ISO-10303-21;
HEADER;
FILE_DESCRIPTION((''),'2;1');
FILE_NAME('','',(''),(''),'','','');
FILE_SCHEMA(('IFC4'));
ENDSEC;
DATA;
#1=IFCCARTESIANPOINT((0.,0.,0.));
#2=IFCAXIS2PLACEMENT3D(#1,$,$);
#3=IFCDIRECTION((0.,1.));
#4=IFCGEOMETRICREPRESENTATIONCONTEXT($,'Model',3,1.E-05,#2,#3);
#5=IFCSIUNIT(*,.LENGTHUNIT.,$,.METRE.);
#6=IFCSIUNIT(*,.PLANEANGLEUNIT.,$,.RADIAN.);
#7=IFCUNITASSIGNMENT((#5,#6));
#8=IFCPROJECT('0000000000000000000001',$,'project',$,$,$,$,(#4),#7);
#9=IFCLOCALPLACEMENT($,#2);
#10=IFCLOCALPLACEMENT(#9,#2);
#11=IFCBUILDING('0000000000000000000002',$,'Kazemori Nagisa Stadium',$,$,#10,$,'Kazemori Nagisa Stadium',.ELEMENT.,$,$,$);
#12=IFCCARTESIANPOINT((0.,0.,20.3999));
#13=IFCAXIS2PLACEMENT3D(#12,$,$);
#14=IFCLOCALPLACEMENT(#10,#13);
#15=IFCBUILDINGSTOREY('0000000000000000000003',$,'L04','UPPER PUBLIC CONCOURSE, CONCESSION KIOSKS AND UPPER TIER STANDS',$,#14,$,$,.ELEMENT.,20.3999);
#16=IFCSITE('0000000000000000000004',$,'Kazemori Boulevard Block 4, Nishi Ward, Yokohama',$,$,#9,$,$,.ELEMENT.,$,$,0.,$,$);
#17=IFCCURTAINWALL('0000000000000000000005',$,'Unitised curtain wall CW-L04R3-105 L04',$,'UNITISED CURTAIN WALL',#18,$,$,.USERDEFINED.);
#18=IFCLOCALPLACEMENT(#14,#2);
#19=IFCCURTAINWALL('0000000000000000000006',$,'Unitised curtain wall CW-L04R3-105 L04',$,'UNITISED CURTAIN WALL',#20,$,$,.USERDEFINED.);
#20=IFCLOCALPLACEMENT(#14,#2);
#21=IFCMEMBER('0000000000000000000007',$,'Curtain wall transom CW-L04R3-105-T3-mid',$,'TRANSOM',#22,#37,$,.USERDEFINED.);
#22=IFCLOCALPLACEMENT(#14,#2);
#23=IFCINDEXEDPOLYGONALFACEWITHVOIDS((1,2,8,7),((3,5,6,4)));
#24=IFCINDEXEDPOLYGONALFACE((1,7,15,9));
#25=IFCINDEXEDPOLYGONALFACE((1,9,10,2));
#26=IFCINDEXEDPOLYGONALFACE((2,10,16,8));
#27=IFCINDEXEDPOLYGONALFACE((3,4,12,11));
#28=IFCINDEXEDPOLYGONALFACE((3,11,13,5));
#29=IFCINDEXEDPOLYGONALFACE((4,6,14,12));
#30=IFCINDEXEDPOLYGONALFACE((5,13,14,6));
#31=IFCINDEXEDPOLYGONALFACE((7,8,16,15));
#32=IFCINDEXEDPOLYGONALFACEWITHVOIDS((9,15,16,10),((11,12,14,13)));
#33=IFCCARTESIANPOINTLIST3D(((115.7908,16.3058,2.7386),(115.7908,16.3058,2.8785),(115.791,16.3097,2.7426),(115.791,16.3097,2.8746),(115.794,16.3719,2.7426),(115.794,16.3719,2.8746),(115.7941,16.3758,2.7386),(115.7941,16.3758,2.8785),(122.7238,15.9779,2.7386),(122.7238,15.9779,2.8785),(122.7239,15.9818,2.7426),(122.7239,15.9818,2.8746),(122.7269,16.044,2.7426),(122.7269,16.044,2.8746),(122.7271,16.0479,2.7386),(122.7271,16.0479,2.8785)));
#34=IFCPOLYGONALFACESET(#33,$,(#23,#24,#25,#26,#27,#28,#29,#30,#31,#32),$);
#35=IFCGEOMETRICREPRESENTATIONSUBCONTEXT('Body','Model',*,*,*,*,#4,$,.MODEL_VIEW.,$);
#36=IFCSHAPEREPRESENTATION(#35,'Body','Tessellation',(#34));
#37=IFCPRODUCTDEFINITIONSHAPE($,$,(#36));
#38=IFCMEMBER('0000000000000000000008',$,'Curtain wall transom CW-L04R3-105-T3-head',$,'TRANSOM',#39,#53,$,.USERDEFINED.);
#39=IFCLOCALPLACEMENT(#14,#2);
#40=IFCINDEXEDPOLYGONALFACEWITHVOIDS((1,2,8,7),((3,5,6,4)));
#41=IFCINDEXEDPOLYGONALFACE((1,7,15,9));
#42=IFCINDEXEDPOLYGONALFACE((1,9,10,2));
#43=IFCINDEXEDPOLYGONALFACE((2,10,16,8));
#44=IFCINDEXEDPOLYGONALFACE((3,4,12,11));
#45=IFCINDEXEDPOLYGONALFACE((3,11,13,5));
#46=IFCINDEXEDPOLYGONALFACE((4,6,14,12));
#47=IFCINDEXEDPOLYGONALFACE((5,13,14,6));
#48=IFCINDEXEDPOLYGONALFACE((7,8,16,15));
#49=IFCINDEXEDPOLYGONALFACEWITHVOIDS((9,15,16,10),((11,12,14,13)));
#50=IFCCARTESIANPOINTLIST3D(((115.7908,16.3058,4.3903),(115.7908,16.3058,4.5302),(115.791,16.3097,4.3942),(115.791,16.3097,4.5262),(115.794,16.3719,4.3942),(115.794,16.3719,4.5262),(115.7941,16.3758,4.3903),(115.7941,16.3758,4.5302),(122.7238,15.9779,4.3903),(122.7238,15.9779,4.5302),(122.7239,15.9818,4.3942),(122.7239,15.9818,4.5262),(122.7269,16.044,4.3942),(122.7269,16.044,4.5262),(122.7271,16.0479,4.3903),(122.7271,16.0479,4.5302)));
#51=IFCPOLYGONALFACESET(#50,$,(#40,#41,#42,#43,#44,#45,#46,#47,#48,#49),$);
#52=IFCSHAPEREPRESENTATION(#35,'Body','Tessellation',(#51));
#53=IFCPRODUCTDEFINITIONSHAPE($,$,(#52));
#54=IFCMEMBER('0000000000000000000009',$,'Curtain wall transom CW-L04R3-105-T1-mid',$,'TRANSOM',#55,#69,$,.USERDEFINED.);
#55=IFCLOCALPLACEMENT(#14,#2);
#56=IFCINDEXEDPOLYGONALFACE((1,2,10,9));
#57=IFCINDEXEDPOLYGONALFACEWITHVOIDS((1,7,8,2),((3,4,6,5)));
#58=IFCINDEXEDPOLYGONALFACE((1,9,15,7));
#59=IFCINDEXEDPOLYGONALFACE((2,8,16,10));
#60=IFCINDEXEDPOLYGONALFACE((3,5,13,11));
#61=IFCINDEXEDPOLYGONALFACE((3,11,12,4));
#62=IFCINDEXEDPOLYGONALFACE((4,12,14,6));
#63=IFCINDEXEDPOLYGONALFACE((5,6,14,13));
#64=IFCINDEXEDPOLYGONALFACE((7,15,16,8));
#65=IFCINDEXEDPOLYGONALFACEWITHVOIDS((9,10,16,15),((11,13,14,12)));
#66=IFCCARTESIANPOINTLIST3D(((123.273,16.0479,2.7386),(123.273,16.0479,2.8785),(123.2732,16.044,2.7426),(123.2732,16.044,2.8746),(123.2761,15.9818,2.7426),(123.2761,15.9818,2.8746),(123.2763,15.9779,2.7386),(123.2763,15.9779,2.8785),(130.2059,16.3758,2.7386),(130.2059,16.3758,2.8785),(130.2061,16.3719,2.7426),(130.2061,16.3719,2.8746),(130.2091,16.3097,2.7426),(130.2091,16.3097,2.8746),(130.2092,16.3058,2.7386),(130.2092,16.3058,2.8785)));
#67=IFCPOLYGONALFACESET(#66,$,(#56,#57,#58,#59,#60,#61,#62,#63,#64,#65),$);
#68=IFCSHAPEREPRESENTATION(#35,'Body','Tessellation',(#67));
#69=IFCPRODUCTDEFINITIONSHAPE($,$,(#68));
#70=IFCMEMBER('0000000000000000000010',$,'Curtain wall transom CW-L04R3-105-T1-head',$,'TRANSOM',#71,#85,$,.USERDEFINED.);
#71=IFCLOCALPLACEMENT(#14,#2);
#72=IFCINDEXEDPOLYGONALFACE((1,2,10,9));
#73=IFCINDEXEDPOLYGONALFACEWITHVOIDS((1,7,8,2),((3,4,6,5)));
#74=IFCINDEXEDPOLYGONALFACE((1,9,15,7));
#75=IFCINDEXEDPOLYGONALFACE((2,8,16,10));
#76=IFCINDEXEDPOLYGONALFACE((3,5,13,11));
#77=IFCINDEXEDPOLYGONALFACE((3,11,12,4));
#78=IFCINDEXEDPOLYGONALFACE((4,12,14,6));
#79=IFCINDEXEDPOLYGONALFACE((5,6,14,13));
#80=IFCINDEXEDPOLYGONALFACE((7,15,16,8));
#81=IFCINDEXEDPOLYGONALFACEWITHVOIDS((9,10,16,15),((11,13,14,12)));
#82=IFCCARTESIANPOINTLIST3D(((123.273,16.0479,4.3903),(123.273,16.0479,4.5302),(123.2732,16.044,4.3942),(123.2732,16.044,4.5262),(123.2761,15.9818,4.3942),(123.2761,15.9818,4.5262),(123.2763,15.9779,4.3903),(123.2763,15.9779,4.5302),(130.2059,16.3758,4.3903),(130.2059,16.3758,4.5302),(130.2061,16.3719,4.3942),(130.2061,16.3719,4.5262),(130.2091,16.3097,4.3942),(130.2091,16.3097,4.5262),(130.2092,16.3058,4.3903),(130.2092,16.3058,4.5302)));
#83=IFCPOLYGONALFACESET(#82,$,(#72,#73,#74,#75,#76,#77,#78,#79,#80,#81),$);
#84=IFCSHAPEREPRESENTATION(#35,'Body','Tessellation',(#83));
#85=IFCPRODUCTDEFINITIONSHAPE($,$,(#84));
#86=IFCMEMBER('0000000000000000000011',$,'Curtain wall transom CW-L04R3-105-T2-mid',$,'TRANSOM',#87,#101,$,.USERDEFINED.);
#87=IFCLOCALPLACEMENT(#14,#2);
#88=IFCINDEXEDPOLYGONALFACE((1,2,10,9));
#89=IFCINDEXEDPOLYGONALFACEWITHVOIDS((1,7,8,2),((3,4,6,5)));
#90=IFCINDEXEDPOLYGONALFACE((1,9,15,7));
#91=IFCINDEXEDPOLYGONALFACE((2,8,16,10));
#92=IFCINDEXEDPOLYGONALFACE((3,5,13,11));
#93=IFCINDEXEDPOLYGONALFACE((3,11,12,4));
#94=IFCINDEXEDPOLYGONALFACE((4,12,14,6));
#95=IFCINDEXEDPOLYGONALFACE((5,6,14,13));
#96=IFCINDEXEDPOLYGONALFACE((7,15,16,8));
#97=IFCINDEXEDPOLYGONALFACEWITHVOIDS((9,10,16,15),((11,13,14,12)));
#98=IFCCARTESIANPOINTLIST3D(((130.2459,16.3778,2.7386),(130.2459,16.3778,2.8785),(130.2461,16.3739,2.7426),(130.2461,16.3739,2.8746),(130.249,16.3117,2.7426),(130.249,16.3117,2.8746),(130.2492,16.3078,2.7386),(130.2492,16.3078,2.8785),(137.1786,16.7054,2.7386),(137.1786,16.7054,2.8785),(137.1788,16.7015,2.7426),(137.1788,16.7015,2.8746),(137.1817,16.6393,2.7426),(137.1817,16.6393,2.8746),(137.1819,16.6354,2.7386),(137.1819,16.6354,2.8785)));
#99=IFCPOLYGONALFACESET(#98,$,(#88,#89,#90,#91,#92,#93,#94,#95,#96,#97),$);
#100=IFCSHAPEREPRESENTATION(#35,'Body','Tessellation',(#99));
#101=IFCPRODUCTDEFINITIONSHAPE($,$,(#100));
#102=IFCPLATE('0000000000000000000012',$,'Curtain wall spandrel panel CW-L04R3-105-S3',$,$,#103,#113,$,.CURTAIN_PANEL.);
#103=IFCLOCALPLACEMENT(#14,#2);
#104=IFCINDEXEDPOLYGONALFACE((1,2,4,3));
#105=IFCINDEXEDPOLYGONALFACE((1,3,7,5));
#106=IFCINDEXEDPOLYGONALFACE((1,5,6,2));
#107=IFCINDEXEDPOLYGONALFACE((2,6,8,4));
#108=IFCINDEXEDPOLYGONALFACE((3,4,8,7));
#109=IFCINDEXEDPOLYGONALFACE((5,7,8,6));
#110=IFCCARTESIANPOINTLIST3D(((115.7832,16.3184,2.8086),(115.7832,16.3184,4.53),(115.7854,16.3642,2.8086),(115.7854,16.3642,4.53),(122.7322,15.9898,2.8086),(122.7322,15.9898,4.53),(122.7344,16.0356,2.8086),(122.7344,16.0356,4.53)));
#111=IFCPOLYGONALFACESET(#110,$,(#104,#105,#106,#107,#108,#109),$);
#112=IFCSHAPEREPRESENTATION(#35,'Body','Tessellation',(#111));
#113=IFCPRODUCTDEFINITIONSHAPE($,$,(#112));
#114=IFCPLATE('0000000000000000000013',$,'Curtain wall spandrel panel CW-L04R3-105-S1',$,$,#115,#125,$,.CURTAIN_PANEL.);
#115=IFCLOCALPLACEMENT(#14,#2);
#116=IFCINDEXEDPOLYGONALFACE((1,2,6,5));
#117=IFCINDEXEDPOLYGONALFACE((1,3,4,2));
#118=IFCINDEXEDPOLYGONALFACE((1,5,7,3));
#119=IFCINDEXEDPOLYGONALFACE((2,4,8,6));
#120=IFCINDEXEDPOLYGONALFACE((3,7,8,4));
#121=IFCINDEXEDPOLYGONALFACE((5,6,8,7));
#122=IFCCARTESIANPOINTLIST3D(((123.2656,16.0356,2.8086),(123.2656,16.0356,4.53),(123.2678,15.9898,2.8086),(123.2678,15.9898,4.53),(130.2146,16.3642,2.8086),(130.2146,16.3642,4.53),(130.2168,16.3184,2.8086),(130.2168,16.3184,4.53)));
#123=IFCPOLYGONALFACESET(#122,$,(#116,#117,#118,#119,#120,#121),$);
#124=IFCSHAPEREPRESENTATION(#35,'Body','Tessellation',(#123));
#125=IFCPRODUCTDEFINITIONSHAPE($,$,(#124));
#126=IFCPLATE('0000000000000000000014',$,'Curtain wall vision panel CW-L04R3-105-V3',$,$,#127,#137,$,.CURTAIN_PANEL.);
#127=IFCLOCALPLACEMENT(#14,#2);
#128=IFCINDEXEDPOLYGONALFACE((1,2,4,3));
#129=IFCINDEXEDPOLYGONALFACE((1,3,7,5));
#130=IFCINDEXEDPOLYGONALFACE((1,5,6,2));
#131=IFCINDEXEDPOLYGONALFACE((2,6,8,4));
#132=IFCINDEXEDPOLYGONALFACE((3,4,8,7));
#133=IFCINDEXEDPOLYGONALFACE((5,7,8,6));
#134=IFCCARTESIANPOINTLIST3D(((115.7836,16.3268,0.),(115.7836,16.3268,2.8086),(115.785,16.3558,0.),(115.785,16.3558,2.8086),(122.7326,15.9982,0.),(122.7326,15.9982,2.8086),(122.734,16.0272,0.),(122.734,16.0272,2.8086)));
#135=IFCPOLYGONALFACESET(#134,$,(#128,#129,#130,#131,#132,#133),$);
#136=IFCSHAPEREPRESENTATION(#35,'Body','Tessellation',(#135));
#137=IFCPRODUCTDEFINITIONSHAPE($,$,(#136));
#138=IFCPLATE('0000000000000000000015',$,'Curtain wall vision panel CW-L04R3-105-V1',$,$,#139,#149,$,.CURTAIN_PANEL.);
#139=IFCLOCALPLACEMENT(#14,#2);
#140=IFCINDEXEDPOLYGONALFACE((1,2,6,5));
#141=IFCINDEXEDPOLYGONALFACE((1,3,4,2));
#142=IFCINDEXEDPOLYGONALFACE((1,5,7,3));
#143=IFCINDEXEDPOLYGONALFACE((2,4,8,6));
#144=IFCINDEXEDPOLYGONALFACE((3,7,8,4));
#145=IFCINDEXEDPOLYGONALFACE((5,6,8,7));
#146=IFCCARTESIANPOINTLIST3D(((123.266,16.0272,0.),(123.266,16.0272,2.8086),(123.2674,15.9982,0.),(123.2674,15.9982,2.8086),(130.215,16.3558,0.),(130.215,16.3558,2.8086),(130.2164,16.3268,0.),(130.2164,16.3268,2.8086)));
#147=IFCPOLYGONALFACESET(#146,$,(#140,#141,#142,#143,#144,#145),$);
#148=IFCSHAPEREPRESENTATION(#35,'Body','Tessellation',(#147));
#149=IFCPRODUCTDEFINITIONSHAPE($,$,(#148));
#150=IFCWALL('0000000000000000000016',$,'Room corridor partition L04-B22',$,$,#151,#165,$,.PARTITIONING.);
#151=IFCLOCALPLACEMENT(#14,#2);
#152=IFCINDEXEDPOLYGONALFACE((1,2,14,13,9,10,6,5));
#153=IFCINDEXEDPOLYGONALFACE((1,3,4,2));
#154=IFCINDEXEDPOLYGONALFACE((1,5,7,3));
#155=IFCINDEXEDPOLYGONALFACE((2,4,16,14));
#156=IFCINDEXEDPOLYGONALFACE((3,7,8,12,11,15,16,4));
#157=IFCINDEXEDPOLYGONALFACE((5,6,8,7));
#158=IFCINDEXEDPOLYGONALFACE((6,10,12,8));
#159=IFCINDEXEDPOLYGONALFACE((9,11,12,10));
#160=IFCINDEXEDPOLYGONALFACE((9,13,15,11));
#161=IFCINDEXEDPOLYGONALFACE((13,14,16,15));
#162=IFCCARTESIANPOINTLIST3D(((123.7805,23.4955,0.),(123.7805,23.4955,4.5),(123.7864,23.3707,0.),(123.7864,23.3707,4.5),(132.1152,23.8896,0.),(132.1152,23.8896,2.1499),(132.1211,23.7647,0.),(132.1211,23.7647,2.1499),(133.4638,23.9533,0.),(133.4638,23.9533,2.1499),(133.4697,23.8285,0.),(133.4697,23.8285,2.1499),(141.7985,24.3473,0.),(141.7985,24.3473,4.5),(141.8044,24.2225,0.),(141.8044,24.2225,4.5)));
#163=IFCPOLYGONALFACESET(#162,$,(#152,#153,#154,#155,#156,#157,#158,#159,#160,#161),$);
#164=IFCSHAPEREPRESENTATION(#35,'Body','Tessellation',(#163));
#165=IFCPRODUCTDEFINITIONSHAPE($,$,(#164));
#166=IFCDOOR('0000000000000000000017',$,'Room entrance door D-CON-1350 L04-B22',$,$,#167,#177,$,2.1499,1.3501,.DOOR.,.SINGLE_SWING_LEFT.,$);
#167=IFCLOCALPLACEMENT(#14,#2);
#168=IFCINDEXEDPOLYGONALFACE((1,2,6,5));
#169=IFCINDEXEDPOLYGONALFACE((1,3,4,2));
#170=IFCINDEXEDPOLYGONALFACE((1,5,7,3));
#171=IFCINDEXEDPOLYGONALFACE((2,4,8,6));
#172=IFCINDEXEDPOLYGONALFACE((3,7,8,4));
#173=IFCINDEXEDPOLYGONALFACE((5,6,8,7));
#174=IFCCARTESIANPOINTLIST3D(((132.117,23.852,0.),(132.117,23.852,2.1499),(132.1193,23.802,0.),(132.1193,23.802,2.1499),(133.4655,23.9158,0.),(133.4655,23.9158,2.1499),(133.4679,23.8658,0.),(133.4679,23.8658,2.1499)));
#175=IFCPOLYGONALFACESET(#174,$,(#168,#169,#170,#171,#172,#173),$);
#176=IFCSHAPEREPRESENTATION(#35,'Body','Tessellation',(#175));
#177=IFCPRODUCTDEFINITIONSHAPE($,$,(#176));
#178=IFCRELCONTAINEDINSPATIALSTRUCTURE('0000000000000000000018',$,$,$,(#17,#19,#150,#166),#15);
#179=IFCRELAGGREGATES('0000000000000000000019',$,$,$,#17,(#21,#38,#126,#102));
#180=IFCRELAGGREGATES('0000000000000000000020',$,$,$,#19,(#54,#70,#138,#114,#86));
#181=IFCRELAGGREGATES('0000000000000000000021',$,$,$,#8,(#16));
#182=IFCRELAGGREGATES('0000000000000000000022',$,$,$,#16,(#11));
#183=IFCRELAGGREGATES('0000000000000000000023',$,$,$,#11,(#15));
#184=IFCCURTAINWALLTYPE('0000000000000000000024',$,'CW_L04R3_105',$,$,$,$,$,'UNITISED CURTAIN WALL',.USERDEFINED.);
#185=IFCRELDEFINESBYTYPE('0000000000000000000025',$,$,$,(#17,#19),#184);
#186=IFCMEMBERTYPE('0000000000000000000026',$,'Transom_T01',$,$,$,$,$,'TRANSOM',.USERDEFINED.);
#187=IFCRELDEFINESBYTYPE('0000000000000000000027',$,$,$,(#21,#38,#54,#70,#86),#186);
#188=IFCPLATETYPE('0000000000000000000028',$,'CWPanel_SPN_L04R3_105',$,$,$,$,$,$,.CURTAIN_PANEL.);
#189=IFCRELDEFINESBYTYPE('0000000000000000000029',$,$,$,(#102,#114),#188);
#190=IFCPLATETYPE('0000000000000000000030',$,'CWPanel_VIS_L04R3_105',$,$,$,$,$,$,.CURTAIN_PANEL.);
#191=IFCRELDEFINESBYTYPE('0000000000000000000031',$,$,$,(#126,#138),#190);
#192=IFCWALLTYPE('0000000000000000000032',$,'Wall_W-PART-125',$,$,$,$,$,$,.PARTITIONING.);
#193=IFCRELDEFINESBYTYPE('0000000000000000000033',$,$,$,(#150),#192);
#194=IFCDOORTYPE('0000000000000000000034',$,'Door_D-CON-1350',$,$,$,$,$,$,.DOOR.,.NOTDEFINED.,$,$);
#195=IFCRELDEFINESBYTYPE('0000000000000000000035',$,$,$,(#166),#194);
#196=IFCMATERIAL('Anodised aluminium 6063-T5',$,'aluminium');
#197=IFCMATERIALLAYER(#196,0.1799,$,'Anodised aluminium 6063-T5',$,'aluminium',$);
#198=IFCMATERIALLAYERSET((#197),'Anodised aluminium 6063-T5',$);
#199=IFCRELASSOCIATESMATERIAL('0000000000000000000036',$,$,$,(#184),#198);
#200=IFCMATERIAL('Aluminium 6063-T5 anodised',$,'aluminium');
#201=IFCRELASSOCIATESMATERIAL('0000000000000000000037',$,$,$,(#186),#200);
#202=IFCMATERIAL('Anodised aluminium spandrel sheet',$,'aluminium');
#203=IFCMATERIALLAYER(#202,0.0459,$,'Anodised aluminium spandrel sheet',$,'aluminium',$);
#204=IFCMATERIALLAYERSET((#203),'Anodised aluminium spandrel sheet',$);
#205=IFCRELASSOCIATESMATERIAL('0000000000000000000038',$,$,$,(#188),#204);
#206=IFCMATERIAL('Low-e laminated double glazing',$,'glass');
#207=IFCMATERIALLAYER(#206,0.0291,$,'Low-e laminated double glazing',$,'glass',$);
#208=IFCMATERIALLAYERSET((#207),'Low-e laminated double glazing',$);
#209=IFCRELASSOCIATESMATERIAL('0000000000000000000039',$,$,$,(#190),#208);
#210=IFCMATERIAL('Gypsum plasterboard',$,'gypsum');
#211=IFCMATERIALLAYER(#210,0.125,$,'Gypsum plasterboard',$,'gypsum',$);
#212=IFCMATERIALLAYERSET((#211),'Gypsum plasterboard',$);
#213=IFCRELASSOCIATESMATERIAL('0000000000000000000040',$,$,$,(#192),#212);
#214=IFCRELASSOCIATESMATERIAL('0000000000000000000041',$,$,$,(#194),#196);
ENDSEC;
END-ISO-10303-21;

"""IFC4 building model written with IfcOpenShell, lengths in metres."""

from ifc_helpers import new_model, si_unit, direction, frame, frame_2d, origin, origin_2d, place, context, subcontext, project, spatial, rectangle, hollow_rectangle, extrude, material, layer, layer_set, material_profile, profile_set, type_object, element, fill, aggregate, save


model = new_model("IFC4")

# Units and contexts
model_context = context("Model", 3, precision=1e-05, world=origin(), true_north=direction((0.0, 1.0)))
body_context = subcontext(model_context, "Body", "Model", "MODEL_VIEW")
ifc_project = project(units=[si_unit("LENGTHUNIT", "METRE"), si_unit("PLANEANGLEUNIT", "RADIAN")], contexts=[model_context])

# Site, building, storey
site_placement = place(None, origin())
site = spatial("IfcSite", under=ifc_project, at=site_placement, Name="Kazemori Boulevard Block 4, Nishi Ward, Yokohama", CompositionType="ELEMENT", RefElevation=0.0)
building_placement = place(site_placement, origin())
building = spatial("IfcBuilding", under=site, at=building_placement, Name="Kazemori Nagisa Stadium", LongName="Kazemori Nagisa Stadium", CompositionType="ELEMENT")
storey_placement = place(building_placement, frame((0.0, 0.0, 20.3999)))
storey = spatial("IfcBuildingStorey", under=building, at=storey_placement, Name="L04", Description="UPPER PUBLIC CONCOURSE, CONCESSION KIOSKS AND UPPER TIER STANDS", CompositionType="ELEMENT", Elevation=20.3999)

# Curtain walls
ifc_material_1 = material(Name="Anodised aluminium 6063-T5", Category="aluminium")
ifc_layer_1 = layer(ifc_material_1, 0.1799, Name="Anodised aluminium 6063-T5", Category="aluminium")
ifc_layer_set_1 = layer_set([ifc_layer_1], Name="Anodised aluminium 6063-T5")
curtain_wall_type = type_object("IfcCurtainWallType", Name="CW_L04R3_105", ElementType="UNITISED CURTAIN WALL", PredefinedType="USERDEFINED", material=ifc_layer_set_1)
curtain_wall_1_placement = place(storey_placement, origin())
curtain_wall_1 = element("IfcCurtainWall", 1, at=curtain_wall_1_placement, inside=storey, type_object=curtain_wall_type, Name="Unitised curtain wall CW-L04R3-105 L04", ObjectType="UNITISED CURTAIN WALL", PredefinedType="USERDEFINED")
ifc_material_2 = material(Name="Aluminium 6063-T5 anodised", Category="aluminium")
curtain_wall_2_placement = place(storey_placement, origin())
curtain_wall_2 = element("IfcCurtainWall", 2, at=curtain_wall_2_placement, inside=storey, type_object=curtain_wall_type, Name="Unitised curtain wall CW-L04R3-105 L04", ObjectType="UNITISED CURTAIN WALL", PredefinedType="USERDEFINED")

# Members
ifc_material_profile_1 = material_profile(ifc_material_2, hollow_rectangle(XDim=0.0701, YDim=0.1399, WallThickness=0.0039, at=origin_2d()), Name="ALU-TRAN-70x140x4")
ifc_profile_set_1 = profile_set([ifc_material_profile_1], Name="Aluminium 6063-T5 anodised")
member_type_1 = type_object("IfcMemberType", Name="Transom_T01", ElementType="TRANSOM", PredefinedType="USERDEFINED", material=ifc_profile_set_1)
member_1_placement = place(storey_placement, frame((115.7925, 16.3408, 2.8086), z_axis=(0.998884, -0.047241, 0.0), x_axis=(0.047241, 0.998884, 0.0)))
member_1 = element("IfcMember", 3, at=member_1_placement, type_object=member_type_1, Name="Curtain wall transom CW-L04R3-105-T3-mid", ObjectType="TRANSOM", PredefinedType="USERDEFINED", context=body_context, shape_type="SweptSolid", body=[
    extrude(hollow_rectangle(XDim=0.0701, YDim=0.1399, WallThickness=0.0039, at=origin_2d()), origin(), (0.0, 0.0, 1.0), 6.9407),
])
member_2_placement = place(storey_placement, frame((115.7925, 16.3408, 4.4602), z_axis=(0.998884, -0.047241, 0.0), x_axis=(0.047241, 0.998884, 0.0)))
member_2 = element("IfcMember", 4, at=member_2_placement, type_object=member_type_1, Name="Curtain wall transom CW-L04R3-105-T3-head", ObjectType="TRANSOM", PredefinedType="USERDEFINED", context=body_context, shape_type="SweptSolid", body=[
    extrude(hollow_rectangle(XDim=0.0701, YDim=0.1399, WallThickness=0.0039, at=origin_2d()), origin(), (0.0, 0.0, 1.0), 6.9407),
])
member_3_placement = place(storey_placement, frame((123.2747, 16.0129, 2.8086), z_axis=(0.998884, 0.047241, 0.0), x_axis=(-0.047241, 0.998884, 0.0)))
member_3 = element("IfcMember", 5, at=member_3_placement, type_object=member_type_1, Name="Curtain wall transom CW-L04R3-105-T1-mid", ObjectType="TRANSOM", PredefinedType="USERDEFINED", context=body_context, shape_type="SweptSolid", body=[
    extrude(hollow_rectangle(XDim=0.0701, YDim=0.1399, WallThickness=0.0039, at=origin_2d()), origin(), (0.0, 0.0, 1.0), 6.9407),
])
member_4_placement = place(storey_placement, frame((123.2747, 16.0129, 4.4602), z_axis=(0.998884, 0.047241, 0.0), x_axis=(-0.047241, 0.998884, 0.0)))
member_4 = element("IfcMember", 6, at=member_4_placement, type_object=member_type_1, Name="Curtain wall transom CW-L04R3-105-T1-head", ObjectType="TRANSOM", PredefinedType="USERDEFINED", context=body_context, shape_type="SweptSolid", body=[
    extrude(hollow_rectangle(XDim=0.0701, YDim=0.1399, WallThickness=0.0039, at=origin_2d()), origin(), (0.0, 0.0, 1.0), 6.9407),
])
member_5_placement = place(storey_placement, frame((130.2476, 16.3428, 2.8086), z_axis=(0.998885, 0.047207, 0.0), x_axis=(-0.047207, 0.998885, 0.0)))
member_5 = element("IfcMember", 7, at=member_5_placement, type_object=member_type_1, Name="Curtain wall transom CW-L04R3-105-T2-mid", ObjectType="TRANSOM", PredefinedType="USERDEFINED", context=body_context, shape_type="SweptSolid", body=[
    extrude(hollow_rectangle(XDim=0.0701, YDim=0.1399, WallThickness=0.0039, at=origin_2d()), origin(), (0.0, 0.0, 1.0), 6.9404),
])

# Plates
ifc_material_3 = material(Name="Anodised aluminium spandrel sheet", Category="aluminium")
ifc_layer_2 = layer(ifc_material_3, 0.0459, Name="Anodised aluminium spandrel sheet", Category="aluminium")
ifc_layer_set_2 = layer_set([ifc_layer_2], Name="Anodised aluminium spandrel sheet")
plate_type_1 = type_object("IfcPlateType", Name="CWPanel_SPN_L04R3_105", PredefinedType="CURTAIN_PANEL", material=ifc_layer_set_2)
plate_1_placement = place(storey_placement, frame((119.2588, 16.177, 2.8086), z_axis=(0.0, 0.0, 1.0), x_axis=(0.998884, -0.04723, 0.0)))
plate_1 = element("IfcPlate", 8, at=plate_1_placement, type_object=plate_type_1, Name="Curtain wall spandrel panel CW-L04R3-105-S3", PredefinedType="CURTAIN_PANEL", context=body_context, shape_type="SweptSolid", body=[
    extrude(rectangle(XDim=6.9568, YDim=0.0459, at=origin_2d()), origin(), (0.0, 0.0, 1.0), 1.7214),
])
plate_2_placement = place(storey_placement, frame((126.7412, 16.177, 2.8086), z_axis=(0.0, 0.0, 1.0), x_axis=(0.998884, 0.04723, 0.0)))
plate_2 = element("IfcPlate", 9, at=plate_2_placement, type_object=plate_type_1, Name="Curtain wall spandrel panel CW-L04R3-105-S1", PredefinedType="CURTAIN_PANEL", context=body_context, shape_type="SweptSolid", body=[
    extrude(rectangle(XDim=6.9568, YDim=0.0459, at=origin_2d()), origin(), (0.0, 0.0, 1.0), 1.7214),
])
ifc_material_4 = material(Name="Low-e laminated double glazing", Category="glass")
ifc_layer_3 = layer(ifc_material_4, 0.0291, Name="Low-e laminated double glazing", Category="glass")
ifc_layer_set_3 = layer_set([ifc_layer_3], Name="Low-e laminated double glazing")
plate_type_2 = type_object("IfcPlateType", Name="CWPanel_VIS_L04R3_105", PredefinedType="CURTAIN_PANEL", material=ifc_layer_set_3)
plate_3_placement = place(storey_placement, frame((119.2588, 16.177, 0.0), z_axis=(0.0, 0.0, 1.0), x_axis=(0.998884, -0.04723, 0.0)))
plate_3 = element("IfcPlate", 10, at=plate_3_placement, type_object=plate_type_2, Name="Curtain wall vision panel CW-L04R3-105-V3", PredefinedType="CURTAIN_PANEL", context=body_context, shape_type="SweptSolid", body=[
    extrude(rectangle(XDim=6.9568, YDim=0.0291, at=origin_2d()), origin(), (0.0, 0.0, 1.0), 2.8086),
])
aggregate(curtain_wall_1, [member_1, member_2, plate_3, plate_1])
plate_4_placement = place(storey_placement, frame((126.7412, 16.177, 0.0), z_axis=(0.0, 0.0, 1.0), x_axis=(0.998884, 0.04723, 0.0)))
plate_4 = element("IfcPlate", 11, at=plate_4_placement, type_object=plate_type_2, Name="Curtain wall vision panel CW-L04R3-105-V1", PredefinedType="CURTAIN_PANEL", context=body_context, shape_type="SweptSolid", body=[
    extrude(rectangle(XDim=6.9568, YDim=0.0291, at=origin_2d()), origin(), (0.0, 0.0, 1.0), 2.8086),
])
aggregate(curtain_wall_2, [member_3, member_4, plate_4, plate_2, member_5])

# Wall, opening, door
ifc_material_5 = material(Name="Gypsum plasterboard", Category="gypsum")
ifc_layer_4 = layer(ifc_material_5, 0.125, Name="Gypsum plasterboard", Category="gypsum")
ifc_layer_set_4 = layer_set([ifc_layer_4], Name="Gypsum plasterboard")
wall_type_1 = type_object("IfcWallType", Name="Wall_W-PART-125", PredefinedType="PARTITIONING", material=ifc_layer_set_4)
wall_1_placement = place(storey_placement, frame((123.7834, 23.4331, 0.0), z_axis=(0.0, 0.0, 1.0), x_axis=(0.998884, 0.047222, 0.0)))
wall_1 = element("IfcWall", 12, at=wall_1_placement, inside=storey, type_object=wall_type_1, Name="Room corridor partition L04-B22", PredefinedType="PARTITIONING", context=body_context, shape_type="SweptSolid", body=[
    extrude(rectangle(XDim=18.0381, YDim=0.125, at=frame_2d((9.019, 0.0))), origin(), (0.0, 0.0, 1.0), 4.5),
])
opening_placement = place(wall_1_placement, frame((8.344, 0.0, 0.0)))
opening = element("IfcOpeningElement", 13, at=opening_placement, cuts=wall_1, PredefinedType="OPENING", context=body_context, shape_type="SweptSolid", body=[
    extrude(rectangle(XDim=1.3501, YDim=2.1499, at=frame_2d((0.675, 1.075))), frame((0.0, 0.0725, 0.0), z_axis=(0.0, -1.0, 0.0), x_axis=(1.0, 0.0, 0.0)), (0.0, 0.0, 1.0), 0.145),
])
door_type = type_object("IfcDoorType", Name="Door_D-CON-1350", OperationType="NOTDEFINED", PredefinedType="DOOR", material=ifc_material_1)
door_placement = place(opening_placement, origin())
door = element("IfcDoor", 14, at=door_placement, inside=storey, type_object=door_type, Name="Room entrance door D-CON-1350 L04-B22", OperationType="SINGLE_SWING_LEFT", OverallHeight=2.1499, OverallWidth=1.3501, PredefinedType="DOOR", context=body_context, shape_type="SweptSolid", body=[
    extrude(rectangle(XDim=1.3501, YDim=2.1499, at=frame_2d((0.675, 1.075))), frame((0.0, 0.0249, 0.0), z_axis=(0.0, -1.0, 0.0), x_axis=(1.0, 0.0, 0.0)), (0.0, 0.0, 1.0), 0.05),
])
fill(opening, door)

save(model, "model.ifc")
